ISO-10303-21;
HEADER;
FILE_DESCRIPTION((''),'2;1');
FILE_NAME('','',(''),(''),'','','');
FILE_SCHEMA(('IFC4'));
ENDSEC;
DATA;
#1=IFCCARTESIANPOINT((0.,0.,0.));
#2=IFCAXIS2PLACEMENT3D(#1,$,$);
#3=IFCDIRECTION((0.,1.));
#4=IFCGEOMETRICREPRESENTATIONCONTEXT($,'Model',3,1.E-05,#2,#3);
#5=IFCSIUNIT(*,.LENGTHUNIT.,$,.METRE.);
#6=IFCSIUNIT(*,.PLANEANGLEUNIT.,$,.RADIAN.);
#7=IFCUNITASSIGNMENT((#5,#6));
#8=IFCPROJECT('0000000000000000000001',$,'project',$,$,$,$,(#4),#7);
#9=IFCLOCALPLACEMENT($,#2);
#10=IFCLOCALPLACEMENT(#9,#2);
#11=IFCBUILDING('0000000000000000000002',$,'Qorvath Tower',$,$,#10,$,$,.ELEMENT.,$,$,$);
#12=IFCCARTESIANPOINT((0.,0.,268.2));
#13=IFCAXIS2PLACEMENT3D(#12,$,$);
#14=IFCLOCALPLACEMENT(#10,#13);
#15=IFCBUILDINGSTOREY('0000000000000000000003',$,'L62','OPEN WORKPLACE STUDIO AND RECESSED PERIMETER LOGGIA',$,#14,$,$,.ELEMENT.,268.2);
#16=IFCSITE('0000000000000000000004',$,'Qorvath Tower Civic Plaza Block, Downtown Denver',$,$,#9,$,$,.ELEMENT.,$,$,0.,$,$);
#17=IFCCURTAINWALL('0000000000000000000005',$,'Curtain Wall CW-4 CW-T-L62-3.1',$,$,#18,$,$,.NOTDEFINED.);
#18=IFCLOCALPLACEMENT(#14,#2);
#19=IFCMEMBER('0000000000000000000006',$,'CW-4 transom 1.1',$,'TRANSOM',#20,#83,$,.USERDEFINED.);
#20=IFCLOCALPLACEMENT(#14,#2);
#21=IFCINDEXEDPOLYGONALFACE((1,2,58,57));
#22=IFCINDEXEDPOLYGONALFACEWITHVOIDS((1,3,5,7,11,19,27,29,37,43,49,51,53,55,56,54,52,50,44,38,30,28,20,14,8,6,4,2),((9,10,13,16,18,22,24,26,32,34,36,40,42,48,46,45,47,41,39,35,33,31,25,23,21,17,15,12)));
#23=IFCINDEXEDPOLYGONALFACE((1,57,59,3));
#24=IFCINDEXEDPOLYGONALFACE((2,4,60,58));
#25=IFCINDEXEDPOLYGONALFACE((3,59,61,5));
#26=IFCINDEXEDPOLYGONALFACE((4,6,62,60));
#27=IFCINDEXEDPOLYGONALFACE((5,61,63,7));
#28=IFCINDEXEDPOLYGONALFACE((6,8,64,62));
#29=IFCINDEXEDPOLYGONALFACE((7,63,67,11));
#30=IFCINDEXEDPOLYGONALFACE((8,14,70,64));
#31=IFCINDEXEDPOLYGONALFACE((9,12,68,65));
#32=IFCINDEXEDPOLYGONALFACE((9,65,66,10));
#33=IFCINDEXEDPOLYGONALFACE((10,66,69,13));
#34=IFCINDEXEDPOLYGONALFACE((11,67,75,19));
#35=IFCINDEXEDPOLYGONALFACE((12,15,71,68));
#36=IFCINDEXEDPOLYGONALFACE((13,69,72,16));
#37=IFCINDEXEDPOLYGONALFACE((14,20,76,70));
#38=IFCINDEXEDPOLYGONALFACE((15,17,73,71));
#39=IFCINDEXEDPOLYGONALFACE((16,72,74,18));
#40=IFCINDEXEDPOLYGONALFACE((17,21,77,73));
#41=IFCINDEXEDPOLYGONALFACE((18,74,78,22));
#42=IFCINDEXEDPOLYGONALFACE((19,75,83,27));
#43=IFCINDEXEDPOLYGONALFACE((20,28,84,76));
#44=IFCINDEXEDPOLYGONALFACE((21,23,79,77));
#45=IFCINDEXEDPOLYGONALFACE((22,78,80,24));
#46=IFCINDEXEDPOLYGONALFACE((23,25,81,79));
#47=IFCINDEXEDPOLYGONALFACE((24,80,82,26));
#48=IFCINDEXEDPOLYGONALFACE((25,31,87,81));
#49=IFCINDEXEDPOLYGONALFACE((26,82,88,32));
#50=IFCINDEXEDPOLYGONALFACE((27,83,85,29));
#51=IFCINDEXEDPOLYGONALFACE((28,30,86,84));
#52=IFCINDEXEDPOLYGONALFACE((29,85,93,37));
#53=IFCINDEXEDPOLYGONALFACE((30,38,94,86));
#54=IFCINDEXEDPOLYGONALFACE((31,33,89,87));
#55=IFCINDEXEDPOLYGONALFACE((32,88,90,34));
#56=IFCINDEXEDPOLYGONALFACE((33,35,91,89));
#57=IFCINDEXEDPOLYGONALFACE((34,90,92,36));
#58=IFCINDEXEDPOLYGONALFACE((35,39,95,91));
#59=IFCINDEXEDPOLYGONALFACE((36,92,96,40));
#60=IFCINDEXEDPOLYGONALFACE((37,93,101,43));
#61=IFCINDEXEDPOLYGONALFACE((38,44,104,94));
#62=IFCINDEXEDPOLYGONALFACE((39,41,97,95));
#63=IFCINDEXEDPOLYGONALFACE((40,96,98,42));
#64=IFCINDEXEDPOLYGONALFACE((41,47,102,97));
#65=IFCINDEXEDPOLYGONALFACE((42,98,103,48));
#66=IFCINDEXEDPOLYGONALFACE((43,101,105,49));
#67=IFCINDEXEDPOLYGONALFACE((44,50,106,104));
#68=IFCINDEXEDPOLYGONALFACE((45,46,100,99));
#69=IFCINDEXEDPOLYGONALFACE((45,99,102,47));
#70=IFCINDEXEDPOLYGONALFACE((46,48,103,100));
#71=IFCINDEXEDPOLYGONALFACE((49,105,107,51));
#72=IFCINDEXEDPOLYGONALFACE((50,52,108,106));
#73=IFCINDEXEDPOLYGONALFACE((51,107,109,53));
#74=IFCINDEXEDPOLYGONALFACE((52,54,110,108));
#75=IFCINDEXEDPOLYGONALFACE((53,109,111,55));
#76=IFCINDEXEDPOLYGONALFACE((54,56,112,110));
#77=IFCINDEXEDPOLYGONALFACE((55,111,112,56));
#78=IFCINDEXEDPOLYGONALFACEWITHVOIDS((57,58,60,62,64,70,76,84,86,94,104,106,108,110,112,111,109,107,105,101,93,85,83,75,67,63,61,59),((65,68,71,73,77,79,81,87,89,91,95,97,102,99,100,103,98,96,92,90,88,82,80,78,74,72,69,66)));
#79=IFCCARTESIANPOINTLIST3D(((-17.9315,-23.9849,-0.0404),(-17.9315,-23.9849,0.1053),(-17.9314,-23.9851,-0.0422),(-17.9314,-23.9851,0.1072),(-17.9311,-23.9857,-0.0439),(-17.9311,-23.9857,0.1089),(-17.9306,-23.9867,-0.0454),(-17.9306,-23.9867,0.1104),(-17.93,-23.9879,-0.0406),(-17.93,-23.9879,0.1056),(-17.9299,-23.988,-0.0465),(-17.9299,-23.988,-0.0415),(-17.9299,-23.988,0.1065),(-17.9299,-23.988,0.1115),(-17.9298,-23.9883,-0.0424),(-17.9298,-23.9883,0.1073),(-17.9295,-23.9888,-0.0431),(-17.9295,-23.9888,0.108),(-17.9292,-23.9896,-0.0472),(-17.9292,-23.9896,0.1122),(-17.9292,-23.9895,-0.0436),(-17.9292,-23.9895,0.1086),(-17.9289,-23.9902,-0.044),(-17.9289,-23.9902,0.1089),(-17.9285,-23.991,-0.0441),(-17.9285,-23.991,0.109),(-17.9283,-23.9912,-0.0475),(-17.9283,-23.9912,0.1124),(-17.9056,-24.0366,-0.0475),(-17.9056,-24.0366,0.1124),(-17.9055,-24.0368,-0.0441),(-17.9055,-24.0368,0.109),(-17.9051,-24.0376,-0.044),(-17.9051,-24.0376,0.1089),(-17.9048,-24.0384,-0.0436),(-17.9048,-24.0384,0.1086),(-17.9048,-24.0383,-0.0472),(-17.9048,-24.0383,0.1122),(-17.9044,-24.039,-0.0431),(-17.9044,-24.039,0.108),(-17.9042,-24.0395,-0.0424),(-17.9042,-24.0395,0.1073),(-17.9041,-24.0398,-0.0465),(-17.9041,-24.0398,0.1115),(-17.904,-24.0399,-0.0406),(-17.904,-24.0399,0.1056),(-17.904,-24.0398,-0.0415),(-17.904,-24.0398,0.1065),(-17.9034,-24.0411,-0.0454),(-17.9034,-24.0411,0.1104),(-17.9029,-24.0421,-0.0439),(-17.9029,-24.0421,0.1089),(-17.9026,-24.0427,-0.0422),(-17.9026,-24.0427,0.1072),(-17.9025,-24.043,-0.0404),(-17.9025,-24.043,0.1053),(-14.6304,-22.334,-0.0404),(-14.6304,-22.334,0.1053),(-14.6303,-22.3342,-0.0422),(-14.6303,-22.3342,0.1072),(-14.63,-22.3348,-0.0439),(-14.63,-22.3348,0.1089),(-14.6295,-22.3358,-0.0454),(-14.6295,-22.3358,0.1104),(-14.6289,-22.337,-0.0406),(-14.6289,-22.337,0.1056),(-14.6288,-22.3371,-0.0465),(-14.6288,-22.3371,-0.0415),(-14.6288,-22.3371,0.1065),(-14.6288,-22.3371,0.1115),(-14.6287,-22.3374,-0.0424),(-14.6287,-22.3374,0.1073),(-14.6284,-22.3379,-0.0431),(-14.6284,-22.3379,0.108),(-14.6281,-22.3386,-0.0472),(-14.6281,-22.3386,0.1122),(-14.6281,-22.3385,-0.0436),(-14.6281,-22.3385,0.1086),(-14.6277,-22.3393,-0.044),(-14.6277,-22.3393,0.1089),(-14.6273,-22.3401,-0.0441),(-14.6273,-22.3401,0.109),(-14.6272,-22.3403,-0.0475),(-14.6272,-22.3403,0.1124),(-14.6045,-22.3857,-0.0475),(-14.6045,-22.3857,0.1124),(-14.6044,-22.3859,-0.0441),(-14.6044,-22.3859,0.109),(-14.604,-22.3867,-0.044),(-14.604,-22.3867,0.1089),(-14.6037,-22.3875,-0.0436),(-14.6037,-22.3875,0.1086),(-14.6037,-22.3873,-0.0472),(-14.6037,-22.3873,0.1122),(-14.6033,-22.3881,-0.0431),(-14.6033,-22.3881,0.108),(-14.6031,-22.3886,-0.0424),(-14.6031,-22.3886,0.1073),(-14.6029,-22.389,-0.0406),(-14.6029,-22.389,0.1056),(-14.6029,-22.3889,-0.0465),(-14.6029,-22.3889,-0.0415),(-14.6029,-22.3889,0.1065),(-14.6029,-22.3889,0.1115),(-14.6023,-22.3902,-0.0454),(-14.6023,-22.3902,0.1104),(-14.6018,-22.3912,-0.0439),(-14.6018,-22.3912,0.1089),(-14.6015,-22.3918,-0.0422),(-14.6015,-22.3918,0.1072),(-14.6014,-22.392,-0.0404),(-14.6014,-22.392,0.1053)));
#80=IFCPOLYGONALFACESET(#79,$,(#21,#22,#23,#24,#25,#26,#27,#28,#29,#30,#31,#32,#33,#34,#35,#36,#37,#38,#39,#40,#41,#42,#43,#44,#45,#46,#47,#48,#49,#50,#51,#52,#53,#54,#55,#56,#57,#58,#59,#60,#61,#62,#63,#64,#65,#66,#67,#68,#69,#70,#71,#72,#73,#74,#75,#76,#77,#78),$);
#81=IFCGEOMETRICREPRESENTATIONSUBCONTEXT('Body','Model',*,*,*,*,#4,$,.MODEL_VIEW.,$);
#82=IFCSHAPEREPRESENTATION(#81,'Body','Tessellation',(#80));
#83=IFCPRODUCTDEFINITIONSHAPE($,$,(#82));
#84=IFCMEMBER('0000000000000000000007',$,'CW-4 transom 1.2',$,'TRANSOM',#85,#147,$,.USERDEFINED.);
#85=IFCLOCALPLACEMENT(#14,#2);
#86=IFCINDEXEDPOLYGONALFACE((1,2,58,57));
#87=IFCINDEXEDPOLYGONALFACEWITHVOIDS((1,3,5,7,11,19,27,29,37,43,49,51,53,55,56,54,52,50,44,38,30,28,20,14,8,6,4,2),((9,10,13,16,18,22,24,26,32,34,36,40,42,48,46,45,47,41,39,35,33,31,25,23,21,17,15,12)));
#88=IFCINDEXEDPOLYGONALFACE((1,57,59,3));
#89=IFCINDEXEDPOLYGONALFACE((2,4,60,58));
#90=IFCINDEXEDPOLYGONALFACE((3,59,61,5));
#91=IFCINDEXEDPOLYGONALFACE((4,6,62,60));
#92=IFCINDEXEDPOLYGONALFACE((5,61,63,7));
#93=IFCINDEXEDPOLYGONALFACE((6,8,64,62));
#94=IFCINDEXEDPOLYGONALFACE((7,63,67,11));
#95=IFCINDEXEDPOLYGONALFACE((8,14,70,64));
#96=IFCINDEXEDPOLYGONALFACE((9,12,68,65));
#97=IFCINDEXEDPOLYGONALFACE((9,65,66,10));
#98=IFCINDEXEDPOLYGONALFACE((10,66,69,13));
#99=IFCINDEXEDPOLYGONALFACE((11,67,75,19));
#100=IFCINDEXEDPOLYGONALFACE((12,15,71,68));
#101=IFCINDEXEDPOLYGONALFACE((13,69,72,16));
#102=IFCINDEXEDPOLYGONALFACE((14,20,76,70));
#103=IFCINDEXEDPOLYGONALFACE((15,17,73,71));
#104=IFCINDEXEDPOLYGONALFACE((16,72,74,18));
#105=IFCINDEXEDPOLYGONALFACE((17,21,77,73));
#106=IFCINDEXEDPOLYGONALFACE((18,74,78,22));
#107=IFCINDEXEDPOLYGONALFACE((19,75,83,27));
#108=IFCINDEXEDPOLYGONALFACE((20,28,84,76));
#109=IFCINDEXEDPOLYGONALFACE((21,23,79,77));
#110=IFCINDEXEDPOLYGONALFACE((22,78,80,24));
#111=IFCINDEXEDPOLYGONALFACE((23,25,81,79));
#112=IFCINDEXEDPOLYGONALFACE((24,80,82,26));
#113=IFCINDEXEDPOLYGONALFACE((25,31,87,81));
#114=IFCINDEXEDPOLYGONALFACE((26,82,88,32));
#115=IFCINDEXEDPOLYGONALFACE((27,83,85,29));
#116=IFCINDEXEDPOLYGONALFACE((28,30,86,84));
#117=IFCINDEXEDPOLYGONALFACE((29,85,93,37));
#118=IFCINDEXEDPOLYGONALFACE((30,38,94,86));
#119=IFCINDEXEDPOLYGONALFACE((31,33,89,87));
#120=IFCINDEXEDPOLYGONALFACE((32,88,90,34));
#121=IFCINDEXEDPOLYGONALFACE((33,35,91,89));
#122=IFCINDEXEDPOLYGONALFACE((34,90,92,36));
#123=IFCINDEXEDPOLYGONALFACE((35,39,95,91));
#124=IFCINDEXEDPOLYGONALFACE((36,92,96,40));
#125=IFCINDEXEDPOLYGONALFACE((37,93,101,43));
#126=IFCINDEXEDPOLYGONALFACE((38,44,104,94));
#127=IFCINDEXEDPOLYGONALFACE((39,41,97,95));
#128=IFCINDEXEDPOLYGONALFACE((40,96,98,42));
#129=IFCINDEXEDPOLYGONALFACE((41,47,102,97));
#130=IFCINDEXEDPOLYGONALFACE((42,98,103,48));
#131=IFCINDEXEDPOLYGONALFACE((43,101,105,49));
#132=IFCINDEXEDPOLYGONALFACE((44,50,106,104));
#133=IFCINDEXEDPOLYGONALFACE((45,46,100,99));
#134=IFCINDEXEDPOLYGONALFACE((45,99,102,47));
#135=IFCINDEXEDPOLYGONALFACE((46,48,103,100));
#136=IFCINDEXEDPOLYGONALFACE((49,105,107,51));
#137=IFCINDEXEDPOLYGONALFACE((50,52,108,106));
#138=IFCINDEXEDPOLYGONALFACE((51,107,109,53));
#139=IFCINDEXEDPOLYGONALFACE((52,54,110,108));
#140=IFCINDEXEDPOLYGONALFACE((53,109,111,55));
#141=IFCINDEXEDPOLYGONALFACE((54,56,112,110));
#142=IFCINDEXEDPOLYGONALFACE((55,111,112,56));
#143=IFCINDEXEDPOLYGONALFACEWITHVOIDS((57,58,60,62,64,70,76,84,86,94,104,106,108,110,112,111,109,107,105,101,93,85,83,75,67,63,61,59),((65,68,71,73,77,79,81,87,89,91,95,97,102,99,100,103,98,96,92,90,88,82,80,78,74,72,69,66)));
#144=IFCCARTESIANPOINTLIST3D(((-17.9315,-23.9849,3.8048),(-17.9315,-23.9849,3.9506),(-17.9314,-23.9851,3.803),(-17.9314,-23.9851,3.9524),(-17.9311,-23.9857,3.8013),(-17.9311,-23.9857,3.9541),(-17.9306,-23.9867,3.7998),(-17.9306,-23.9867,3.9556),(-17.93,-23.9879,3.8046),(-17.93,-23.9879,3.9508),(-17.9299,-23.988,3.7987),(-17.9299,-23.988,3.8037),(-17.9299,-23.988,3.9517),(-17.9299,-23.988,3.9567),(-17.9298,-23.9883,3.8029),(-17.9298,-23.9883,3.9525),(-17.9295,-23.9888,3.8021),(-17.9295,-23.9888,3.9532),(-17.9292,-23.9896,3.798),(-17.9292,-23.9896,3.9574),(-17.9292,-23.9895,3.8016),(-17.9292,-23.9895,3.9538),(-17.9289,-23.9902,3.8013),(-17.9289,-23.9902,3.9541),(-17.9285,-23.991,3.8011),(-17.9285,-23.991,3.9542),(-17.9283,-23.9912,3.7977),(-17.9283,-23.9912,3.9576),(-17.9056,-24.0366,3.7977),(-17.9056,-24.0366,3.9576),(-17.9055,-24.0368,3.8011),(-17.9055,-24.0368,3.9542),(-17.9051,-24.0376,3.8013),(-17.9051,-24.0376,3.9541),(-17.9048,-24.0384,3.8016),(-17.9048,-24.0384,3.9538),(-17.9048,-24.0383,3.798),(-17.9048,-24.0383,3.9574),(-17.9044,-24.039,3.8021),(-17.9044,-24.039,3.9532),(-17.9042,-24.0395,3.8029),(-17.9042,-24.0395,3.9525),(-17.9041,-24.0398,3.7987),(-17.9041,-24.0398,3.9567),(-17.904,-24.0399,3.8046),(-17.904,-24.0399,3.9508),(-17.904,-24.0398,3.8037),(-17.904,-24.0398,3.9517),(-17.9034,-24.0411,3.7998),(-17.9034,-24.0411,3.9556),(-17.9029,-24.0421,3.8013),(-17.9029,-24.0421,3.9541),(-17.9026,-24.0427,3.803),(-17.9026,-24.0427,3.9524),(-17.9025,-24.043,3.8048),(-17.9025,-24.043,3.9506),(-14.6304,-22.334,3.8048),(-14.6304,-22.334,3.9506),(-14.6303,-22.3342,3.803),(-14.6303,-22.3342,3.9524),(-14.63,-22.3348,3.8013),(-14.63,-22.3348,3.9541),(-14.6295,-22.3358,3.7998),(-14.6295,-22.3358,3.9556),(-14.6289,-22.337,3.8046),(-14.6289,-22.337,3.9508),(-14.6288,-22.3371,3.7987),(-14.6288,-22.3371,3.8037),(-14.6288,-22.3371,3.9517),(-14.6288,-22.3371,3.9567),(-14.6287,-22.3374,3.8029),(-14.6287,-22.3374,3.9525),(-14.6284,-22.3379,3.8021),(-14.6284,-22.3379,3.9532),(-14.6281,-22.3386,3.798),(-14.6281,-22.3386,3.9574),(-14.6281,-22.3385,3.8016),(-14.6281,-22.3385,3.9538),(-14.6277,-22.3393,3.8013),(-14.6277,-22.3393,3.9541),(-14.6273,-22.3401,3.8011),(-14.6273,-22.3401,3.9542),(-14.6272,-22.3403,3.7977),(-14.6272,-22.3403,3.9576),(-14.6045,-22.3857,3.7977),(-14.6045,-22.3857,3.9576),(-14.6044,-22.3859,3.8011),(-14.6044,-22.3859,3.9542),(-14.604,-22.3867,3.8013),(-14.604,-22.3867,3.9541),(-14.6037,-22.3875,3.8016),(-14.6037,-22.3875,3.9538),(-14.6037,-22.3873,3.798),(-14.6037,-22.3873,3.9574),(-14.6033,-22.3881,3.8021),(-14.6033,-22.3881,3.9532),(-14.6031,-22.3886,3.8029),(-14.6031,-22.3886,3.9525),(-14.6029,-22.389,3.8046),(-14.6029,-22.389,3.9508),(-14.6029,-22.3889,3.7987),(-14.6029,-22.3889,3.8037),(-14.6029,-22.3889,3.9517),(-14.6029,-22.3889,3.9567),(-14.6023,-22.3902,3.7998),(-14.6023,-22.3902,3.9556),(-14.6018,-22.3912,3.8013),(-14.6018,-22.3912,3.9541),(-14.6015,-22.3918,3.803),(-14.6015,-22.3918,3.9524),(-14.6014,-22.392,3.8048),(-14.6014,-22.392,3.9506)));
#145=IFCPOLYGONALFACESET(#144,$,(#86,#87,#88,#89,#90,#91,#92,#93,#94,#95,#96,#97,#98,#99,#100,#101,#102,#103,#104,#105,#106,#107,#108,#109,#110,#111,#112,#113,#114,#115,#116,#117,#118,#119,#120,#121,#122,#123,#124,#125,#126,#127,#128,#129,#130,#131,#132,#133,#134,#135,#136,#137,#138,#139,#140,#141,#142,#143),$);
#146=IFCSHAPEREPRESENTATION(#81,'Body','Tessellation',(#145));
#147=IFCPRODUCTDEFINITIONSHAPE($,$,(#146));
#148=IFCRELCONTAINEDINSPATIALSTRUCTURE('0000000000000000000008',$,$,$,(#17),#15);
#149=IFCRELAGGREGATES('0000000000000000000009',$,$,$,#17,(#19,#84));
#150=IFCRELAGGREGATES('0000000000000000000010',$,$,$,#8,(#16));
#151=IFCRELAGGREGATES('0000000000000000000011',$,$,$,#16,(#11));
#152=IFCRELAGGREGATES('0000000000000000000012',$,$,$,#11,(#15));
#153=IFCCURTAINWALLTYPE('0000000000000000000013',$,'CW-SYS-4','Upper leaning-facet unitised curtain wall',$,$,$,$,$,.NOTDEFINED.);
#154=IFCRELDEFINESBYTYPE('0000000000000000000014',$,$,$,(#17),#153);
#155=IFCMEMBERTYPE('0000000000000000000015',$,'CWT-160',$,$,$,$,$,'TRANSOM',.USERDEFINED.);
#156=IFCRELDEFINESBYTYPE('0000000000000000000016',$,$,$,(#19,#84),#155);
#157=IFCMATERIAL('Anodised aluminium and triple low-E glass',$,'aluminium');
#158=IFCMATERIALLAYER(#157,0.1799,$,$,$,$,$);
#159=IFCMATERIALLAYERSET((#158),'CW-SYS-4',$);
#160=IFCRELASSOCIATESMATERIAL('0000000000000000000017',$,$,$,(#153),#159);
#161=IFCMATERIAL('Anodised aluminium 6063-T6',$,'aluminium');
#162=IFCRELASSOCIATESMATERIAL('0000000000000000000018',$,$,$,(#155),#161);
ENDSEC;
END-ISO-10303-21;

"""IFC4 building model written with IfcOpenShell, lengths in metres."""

from ifc_helpers import new_model, si_unit, direction, frame, origin, origin_2d, place, context, subcontext, project, spatial, hollow_rectangle, extrude, material, layer, layer_set, material_profile, profile_set, type_object, element, aggregate, save


model = new_model("IFC4")

# Units and contexts
model_context = context("Model", 3, precision=1e-05, world=origin(), true_north=direction((0.0, 1.0)))
body_context = subcontext(model_context, "Body", "Model", "MODEL_VIEW")
ifc_project = project(units=[si_unit("LENGTHUNIT", "METRE"), si_unit("PLANEANGLEUNIT", "RADIAN")], contexts=[model_context])

# Site, building, storey
site_placement = place(None, origin())
site = spatial("IfcSite", under=ifc_project, at=site_placement, Name="Qorvath Tower Civic Plaza Block, Downtown Denver", CompositionType="ELEMENT", RefElevation=0.0)
building_placement = place(site_placement, origin())
building = spatial("IfcBuilding", under=site, at=building_placement, Name="Qorvath Tower", CompositionType="ELEMENT")
storey_placement = place(building_placement, frame((0.0, 0.0, 268.2)))
storey = spatial("IfcBuildingStorey", under=building, at=storey_placement, Name="L62", Description="OPEN WORKPLACE STUDIO AND RECESSED PERIMETER LOGGIA", CompositionType="ELEMENT", Elevation=268.2)

# Shared definitions
ifc_material_1 = material(Name="Anodised aluminium and triple low-E glass", Category="aluminium")
ifc_layer_1 = layer(ifc_material_1, 0.1799)
ifc_layer_set_1 = layer_set([ifc_layer_1], Name="CW-SYS-4")
curtain_wall_type = type_object("IfcCurtainWallType", Name="CW-SYS-4", Description="Upper leaning-facet unitised curtain wall", PredefinedType="NOTDEFINED", material=ifc_layer_set_1)

# Curtain wall
curtain_wall_1_placement = place(storey_placement, origin())
curtain_wall_1 = element("IfcCurtainWall", 1, at=curtain_wall_1_placement, inside=storey, type_object=curtain_wall_type, Name="Curtain Wall CW-4 CW-T-L62-3.1", PredefinedType="NOTDEFINED")

# Members
ifc_material_2 = material(Name="Anodised aluminium 6063-T6", Category="aluminium")
ifc_material_profile_1 = material_profile(ifc_material_2, hollow_rectangle(XDim=0.0649, YDim=0.1599, WallThickness=0.0034, InnerFilletRadius=0.0034, OuterFilletRadius=0.0071, at=origin_2d()), Name="CWT 160x65")
ifc_profile_set_1 = profile_set([ifc_material_profile_1], Name="Anodised aluminium 6063-T6")
member_type_1 = type_object("IfcMemberType", Name="CWT-160", ElementType="TRANSOM", PredefinedType="USERDEFINED", material=ifc_profile_set_1)
member_1_placement = place(storey_placement, frame((-17.917, -24.0139, 0.0325), z_axis=(0.894387, 0.447293, 0.0), x_axis=(-0.447293, 0.894387, 0.0)))
member_1 = element("IfcMember", 2, at=member_1_placement, type_object=member_type_1, Name="CW-4 transom 1.1", ObjectType="TRANSOM", PredefinedType="USERDEFINED", context=body_context, shape_type="SweptSolid", body=[
    extrude(hollow_rectangle(XDim=0.0649, YDim=0.1599, WallThickness=0.0034, InnerFilletRadius=0.0034, OuterFilletRadius=0.0071, at=origin_2d()), origin(), (0.0, 0.0, 1.0), 3.6909),
])
member_2_placement = place(storey_placement, frame((-17.917, -24.0139, 3.8777), z_axis=(0.894387, 0.447293, 0.0), x_axis=(-0.447293, 0.894387, 0.0)))
member_2 = element("IfcMember", 3, at=member_2_placement, type_object=member_type_1, Name="CW-4 transom 1.2", ObjectType="TRANSOM", PredefinedType="USERDEFINED", context=body_context, shape_type="SweptSolid", body=[
    extrude(hollow_rectangle(XDim=0.0649, YDim=0.1599, WallThickness=0.0034, InnerFilletRadius=0.0034, OuterFilletRadius=0.0071, at=origin_2d()), origin(), (0.0, 0.0, 1.0), 3.6909),
])

aggregate(curtain_wall_1, [member_1, member_2])

save(model, "model.ifc")
